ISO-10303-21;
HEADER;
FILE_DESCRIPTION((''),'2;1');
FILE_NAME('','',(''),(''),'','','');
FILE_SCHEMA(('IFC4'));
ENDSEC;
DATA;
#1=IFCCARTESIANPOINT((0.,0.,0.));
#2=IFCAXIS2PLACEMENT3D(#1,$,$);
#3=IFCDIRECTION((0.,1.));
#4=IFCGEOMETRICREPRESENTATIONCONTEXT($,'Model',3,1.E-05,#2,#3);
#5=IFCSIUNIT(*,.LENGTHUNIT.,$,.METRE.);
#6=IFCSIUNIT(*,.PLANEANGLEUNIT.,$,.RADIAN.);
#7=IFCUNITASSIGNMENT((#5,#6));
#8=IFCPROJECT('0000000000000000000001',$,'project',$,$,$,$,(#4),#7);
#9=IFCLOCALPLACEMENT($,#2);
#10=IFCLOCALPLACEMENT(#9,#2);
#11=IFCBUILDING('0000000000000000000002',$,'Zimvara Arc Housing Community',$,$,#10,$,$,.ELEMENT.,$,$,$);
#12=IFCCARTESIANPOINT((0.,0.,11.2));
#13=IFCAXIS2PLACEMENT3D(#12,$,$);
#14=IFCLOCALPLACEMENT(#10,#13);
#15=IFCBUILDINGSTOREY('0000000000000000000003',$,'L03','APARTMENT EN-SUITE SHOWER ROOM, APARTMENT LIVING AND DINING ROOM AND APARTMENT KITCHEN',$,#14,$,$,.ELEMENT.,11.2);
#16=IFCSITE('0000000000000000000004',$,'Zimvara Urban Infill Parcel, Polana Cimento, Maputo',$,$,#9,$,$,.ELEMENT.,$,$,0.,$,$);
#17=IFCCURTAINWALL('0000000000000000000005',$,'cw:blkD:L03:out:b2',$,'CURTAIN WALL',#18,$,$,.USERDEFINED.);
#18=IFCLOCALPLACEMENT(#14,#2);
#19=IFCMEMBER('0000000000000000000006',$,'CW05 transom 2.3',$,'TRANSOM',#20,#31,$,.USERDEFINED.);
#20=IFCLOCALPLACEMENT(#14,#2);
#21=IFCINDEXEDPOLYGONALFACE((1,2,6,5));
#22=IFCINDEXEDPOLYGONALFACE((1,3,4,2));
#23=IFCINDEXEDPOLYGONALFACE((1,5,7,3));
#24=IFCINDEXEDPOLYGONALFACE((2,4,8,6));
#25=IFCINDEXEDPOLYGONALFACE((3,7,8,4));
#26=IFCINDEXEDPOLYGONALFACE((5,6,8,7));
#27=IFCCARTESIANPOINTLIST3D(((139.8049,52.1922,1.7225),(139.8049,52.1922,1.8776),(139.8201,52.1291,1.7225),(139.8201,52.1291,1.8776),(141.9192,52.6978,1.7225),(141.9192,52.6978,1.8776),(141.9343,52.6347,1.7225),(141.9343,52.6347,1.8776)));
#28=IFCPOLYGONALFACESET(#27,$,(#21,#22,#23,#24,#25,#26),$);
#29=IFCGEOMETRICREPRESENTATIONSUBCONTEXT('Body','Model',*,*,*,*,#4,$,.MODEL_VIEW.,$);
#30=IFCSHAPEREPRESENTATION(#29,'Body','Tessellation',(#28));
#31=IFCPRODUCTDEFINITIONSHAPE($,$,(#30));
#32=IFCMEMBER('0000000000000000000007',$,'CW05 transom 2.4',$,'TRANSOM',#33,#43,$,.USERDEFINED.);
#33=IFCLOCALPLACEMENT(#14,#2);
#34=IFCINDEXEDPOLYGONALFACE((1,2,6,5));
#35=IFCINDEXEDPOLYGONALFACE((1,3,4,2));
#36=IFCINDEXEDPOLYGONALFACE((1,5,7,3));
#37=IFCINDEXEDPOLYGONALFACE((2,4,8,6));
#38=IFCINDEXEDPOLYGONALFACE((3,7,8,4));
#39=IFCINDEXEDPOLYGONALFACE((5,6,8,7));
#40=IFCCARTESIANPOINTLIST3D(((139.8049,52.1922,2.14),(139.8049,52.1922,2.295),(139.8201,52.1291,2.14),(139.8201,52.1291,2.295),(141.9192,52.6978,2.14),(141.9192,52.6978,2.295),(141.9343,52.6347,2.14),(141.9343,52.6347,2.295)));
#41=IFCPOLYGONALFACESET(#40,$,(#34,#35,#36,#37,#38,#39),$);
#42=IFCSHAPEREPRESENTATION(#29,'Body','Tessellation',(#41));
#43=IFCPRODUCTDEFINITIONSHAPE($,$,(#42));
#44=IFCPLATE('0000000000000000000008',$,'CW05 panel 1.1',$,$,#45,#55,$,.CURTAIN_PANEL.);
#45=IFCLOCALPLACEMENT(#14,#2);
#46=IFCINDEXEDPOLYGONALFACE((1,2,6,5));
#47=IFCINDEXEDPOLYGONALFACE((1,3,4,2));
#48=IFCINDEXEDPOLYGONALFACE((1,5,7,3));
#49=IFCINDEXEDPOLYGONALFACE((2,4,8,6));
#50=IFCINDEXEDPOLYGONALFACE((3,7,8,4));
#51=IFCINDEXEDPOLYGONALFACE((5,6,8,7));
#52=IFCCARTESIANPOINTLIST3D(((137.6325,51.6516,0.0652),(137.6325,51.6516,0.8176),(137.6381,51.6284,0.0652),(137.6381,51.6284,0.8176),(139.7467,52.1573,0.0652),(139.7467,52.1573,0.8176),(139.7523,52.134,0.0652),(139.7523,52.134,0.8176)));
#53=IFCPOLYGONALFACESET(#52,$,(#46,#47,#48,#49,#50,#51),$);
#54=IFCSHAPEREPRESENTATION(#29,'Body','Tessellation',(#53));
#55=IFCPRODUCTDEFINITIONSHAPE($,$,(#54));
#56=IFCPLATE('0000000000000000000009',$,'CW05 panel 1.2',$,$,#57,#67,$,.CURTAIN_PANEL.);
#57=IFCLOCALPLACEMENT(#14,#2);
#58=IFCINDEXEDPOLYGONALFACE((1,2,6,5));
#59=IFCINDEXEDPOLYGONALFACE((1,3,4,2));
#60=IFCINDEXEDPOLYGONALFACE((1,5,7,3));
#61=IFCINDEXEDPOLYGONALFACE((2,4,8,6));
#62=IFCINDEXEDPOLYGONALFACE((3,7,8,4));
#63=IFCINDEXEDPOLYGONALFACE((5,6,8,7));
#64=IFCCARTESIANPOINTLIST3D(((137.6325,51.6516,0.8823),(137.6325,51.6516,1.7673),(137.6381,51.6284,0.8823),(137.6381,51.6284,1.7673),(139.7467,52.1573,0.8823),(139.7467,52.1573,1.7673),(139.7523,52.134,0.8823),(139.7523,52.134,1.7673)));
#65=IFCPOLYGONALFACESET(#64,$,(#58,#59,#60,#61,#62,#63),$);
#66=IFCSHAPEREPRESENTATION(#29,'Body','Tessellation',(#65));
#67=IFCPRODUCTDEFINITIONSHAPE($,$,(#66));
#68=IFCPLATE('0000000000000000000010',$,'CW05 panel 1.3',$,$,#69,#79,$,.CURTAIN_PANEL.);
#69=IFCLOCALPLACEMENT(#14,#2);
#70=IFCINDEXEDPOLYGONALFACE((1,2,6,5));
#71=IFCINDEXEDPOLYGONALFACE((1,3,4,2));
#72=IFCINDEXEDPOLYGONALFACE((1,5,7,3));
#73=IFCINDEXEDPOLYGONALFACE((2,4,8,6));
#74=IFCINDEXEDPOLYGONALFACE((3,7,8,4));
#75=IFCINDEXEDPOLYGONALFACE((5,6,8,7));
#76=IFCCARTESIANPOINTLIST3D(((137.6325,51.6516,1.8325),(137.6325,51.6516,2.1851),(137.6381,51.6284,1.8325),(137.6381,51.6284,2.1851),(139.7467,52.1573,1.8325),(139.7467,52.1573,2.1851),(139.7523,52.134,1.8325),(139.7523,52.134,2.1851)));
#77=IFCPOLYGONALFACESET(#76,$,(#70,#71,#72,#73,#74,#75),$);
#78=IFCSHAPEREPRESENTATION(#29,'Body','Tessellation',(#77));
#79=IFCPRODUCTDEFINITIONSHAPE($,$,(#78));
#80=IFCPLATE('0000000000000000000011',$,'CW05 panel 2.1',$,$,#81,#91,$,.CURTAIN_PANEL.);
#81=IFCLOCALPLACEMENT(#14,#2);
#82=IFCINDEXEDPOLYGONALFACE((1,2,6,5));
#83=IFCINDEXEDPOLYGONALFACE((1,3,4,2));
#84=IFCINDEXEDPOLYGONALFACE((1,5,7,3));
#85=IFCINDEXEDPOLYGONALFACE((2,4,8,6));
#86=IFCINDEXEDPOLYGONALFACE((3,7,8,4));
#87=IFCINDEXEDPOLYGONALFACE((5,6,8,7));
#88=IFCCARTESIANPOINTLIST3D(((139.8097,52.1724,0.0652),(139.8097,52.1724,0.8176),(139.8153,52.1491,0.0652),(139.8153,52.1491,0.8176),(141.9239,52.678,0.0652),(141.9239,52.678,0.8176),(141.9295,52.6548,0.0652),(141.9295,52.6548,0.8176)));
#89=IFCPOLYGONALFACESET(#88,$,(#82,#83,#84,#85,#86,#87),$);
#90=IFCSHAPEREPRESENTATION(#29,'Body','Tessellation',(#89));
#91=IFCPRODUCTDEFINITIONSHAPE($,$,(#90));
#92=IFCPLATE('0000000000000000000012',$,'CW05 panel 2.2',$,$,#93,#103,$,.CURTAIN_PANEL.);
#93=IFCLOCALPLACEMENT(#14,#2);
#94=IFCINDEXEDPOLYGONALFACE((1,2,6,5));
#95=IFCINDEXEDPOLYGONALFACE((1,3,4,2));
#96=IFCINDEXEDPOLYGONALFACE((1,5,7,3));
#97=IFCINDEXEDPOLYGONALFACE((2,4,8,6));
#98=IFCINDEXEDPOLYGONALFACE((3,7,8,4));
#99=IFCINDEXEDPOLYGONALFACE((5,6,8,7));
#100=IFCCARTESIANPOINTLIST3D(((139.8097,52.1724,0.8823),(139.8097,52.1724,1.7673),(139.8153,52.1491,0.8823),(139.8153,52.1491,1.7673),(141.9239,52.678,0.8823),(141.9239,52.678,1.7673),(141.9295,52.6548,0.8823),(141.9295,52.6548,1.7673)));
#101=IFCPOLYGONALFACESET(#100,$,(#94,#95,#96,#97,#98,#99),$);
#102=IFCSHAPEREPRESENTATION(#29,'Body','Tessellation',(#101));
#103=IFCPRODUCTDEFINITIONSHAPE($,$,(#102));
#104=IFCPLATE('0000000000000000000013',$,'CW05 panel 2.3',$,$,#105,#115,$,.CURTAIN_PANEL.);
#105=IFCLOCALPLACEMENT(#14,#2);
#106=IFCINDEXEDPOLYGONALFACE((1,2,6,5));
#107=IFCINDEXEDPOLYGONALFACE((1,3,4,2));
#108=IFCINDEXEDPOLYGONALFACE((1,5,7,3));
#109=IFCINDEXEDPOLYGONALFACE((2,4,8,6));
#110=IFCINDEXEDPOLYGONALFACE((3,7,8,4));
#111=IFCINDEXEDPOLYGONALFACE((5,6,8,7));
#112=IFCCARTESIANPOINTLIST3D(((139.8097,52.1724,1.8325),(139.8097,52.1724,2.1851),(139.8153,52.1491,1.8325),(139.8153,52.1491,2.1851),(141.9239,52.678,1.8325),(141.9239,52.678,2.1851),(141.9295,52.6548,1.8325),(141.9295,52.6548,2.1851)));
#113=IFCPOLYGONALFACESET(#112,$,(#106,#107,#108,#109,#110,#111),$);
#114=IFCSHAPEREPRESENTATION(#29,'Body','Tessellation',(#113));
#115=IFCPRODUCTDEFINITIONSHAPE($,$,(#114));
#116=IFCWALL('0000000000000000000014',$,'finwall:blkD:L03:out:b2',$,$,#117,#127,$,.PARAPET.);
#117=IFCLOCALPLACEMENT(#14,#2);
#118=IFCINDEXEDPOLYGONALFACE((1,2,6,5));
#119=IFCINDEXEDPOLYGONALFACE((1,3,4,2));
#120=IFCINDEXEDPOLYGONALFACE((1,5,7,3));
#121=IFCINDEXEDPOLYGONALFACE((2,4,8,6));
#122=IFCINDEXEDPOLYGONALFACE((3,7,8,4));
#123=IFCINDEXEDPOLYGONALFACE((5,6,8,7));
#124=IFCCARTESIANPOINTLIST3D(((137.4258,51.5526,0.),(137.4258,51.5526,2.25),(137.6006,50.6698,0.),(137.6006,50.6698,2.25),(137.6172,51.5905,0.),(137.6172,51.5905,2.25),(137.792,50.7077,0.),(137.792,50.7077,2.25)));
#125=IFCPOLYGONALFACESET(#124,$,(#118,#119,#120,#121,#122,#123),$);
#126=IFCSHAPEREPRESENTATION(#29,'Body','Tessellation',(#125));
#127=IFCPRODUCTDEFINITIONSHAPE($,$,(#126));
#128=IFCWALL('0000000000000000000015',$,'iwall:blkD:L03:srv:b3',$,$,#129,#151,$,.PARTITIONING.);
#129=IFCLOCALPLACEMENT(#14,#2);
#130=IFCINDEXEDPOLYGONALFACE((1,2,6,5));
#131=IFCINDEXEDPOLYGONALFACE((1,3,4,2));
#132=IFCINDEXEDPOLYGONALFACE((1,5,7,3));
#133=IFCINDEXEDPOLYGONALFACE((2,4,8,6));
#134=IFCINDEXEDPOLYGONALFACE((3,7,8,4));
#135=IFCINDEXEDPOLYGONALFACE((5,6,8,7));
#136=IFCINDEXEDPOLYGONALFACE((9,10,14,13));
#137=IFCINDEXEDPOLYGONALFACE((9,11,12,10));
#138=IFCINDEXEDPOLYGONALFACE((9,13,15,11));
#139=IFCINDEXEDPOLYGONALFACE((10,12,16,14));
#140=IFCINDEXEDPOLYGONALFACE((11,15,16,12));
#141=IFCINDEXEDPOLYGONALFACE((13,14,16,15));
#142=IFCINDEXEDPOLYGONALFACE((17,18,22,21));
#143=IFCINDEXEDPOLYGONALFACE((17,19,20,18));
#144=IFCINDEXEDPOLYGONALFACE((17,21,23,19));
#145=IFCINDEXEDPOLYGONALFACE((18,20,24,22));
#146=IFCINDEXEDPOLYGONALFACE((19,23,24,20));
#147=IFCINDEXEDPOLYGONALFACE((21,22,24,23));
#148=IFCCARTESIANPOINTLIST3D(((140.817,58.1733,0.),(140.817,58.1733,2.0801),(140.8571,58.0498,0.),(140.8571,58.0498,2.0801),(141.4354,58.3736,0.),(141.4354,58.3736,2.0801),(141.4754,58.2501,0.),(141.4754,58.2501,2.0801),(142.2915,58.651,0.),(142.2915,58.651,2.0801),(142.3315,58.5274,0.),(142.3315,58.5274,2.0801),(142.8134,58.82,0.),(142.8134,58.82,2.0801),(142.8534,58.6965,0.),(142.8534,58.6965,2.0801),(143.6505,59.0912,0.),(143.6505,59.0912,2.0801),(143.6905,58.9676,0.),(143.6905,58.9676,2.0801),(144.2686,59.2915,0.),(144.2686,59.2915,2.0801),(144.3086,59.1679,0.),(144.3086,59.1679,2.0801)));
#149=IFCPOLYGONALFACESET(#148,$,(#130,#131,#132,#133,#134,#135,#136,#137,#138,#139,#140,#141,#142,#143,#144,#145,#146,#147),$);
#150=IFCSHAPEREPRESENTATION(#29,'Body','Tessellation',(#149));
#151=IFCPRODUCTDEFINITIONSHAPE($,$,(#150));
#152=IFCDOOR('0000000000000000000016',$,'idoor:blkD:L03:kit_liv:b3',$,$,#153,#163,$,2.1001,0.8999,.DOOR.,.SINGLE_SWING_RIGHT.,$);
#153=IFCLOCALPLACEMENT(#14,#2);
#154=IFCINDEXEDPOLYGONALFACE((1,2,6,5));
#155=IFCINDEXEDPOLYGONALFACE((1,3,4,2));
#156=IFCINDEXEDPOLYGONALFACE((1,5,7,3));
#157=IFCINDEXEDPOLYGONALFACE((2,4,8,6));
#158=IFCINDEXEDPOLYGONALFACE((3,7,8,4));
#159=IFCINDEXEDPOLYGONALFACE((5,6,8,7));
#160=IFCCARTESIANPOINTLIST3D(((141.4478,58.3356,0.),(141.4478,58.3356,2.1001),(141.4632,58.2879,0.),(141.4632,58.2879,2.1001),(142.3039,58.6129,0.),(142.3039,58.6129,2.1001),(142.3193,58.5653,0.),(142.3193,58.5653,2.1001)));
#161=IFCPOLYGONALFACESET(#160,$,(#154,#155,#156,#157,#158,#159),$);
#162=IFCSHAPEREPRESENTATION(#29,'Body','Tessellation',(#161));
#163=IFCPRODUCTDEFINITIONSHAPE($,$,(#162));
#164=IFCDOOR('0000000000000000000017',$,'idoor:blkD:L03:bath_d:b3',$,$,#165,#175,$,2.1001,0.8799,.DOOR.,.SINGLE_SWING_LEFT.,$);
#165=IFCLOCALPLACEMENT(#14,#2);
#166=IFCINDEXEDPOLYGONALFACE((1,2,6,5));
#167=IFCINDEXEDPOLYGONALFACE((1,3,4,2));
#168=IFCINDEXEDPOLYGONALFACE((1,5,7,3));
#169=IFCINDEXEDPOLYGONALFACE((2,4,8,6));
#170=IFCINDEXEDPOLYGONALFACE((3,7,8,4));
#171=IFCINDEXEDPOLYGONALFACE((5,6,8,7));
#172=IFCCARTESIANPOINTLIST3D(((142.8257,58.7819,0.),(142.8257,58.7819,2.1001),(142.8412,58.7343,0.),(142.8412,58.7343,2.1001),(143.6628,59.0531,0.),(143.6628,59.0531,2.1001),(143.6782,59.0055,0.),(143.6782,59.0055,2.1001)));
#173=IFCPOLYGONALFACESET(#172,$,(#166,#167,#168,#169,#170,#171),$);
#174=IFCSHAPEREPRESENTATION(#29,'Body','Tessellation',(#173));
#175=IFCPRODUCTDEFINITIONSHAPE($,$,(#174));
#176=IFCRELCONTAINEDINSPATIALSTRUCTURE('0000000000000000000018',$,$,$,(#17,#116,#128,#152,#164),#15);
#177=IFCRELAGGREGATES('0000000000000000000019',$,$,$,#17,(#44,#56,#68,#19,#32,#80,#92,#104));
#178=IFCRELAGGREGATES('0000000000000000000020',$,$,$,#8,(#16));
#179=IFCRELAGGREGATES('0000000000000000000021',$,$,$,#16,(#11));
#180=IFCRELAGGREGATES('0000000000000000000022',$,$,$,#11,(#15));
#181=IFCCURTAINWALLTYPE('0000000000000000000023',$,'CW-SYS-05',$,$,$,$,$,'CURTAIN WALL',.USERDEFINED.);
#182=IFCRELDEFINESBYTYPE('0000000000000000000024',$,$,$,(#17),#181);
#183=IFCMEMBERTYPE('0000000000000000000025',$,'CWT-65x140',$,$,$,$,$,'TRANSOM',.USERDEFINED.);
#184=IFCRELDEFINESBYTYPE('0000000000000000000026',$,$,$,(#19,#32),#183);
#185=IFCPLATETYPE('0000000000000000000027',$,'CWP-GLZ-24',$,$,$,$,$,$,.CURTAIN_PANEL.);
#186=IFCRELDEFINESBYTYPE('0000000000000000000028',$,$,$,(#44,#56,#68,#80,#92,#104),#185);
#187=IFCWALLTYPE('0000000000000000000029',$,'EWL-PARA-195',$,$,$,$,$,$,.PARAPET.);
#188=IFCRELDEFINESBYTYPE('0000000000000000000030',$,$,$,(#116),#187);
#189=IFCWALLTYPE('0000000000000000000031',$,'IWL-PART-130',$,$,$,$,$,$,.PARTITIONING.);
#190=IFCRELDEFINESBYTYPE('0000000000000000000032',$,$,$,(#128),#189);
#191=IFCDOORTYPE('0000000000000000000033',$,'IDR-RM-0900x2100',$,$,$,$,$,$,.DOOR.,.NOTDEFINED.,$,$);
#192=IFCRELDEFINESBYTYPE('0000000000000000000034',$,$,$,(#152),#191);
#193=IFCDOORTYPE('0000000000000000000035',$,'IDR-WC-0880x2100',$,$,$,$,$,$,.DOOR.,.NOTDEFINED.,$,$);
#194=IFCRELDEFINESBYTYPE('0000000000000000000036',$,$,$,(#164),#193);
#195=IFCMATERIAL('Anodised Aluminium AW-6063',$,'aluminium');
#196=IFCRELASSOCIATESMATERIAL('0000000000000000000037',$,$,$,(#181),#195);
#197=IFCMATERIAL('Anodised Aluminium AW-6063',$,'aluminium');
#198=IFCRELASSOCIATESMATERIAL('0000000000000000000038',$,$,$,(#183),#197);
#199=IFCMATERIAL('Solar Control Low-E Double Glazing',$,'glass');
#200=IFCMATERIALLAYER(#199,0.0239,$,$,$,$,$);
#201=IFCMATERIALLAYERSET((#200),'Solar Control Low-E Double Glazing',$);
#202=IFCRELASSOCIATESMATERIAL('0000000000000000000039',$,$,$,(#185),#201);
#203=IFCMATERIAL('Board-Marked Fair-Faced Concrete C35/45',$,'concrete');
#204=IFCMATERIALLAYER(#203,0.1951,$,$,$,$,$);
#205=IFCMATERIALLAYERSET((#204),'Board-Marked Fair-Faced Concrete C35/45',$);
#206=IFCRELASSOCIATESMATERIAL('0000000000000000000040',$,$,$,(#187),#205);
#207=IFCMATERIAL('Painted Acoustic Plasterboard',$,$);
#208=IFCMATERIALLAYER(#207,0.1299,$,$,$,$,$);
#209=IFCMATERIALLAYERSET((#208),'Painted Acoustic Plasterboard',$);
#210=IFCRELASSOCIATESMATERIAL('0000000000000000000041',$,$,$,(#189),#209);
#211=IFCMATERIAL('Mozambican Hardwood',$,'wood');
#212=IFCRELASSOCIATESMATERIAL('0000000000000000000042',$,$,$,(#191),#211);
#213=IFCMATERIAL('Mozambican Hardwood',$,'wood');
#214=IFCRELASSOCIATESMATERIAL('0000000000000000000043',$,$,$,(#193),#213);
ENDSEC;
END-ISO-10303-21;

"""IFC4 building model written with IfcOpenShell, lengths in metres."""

from ifc_helpers import new_model, si_unit, direction, frame, frame_2d, origin, origin_2d, place, context, subcontext, project, spatial, rectangle, extrude, material, layer, layer_set, material_profile, profile_set, type_object, element, fill, aggregate, save


model = new_model("IFC4")

# Units and contexts
model_context = context("Model", 3, precision=1e-05, world=origin(), true_north=direction((0.0, 1.0)))
body_context = subcontext(model_context, "Body", "Model", "MODEL_VIEW")
ifc_project = project(units=[si_unit("LENGTHUNIT", "METRE"), si_unit("PLANEANGLEUNIT", "RADIAN")], contexts=[model_context])

# Site, building, storey
site_placement = place(None, origin())
site = spatial("IfcSite", under=ifc_project, at=site_placement, Name="Zimvara Urban Infill Parcel, Polana Cimento, Maputo", CompositionType="ELEMENT", RefElevation=0.0)
building_placement = place(site_placement, origin())
building = spatial("IfcBuilding", under=site, at=building_placement, Name="Zimvara Arc Housing Community", CompositionType="ELEMENT")
storey_placement = place(building_placement, frame((0.0, 0.0, 11.2)))
storey = spatial("IfcBuildingStorey", under=building, at=storey_placement, Name="L03", Description="APARTMENT EN-SUITE SHOWER ROOM, APARTMENT LIVING AND DINING ROOM AND APARTMENT KITCHEN", CompositionType="ELEMENT", Elevation=11.2)

# Curtain wall, members, plates
ifc_material_1 = material(Name="Anodised Aluminium AW-6063", Category="aluminium")
curtain_wall_type = type_object("IfcCurtainWallType", Name="CW-SYS-05", ElementType="CURTAIN WALL", PredefinedType="USERDEFINED", material=ifc_material_1)
curtain_wall_placement = place(storey_placement, origin())
curtain_wall = element("IfcCurtainWall", 1, at=curtain_wall_placement, inside=storey, type_object=curtain_wall_type, Name="cw:blkD:L03:out:b2", ObjectType="CURTAIN WALL", PredefinedType="USERDEFINED")
ifc_material_2 = material(Name="Anodised Aluminium AW-6063", Category="aluminium")
ifc_material_profile_1 = material_profile(ifc_material_2, rectangle(XDim=0.0649, YDim=0.155, at=origin_2d()), Name="ALU 65x155")
ifc_profile_set_1 = profile_set([ifc_material_profile_1], Name="Anodised Aluminium AW-6063")
member_type_1 = type_object("IfcMemberType", Name="CWT-65x140", ElementType="TRANSOM", PredefinedType="USERDEFINED", material=ifc_profile_set_1)
member_1_placement = place(storey_placement, frame((139.8125, 52.1606, 1.8), z_axis=(0.972576, 0.232587, 0.0), x_axis=(-0.232587, 0.972576, 0.0)))
member_1 = element("IfcMember", 2, at=member_1_placement, type_object=member_type_1, Name="CW05 transom 2.3", ObjectType="TRANSOM", PredefinedType="USERDEFINED", context=body_context, shape_type="SweptSolid", body=[
    extrude(rectangle(XDim=0.0649, YDim=0.155, at=origin_2d()), origin(), (0.0, 0.0, 1.0), 2.1738),
])
member_2_placement = place(storey_placement, frame((139.8125, 52.1606, 2.2175), z_axis=(0.972576, 0.232587, 0.0), x_axis=(-0.232587, 0.972576, 0.0)))
member_2 = element("IfcMember", 3, at=member_2_placement, type_object=member_type_1, Name="CW05 transom 2.4", ObjectType="TRANSOM", PredefinedType="USERDEFINED", context=body_context, shape_type="SweptSolid", body=[
    extrude(rectangle(XDim=0.0649, YDim=0.155, at=origin_2d()), origin(), (0.0, 0.0, 1.0), 2.1738),
])
ifc_material_3 = material(Name="Solar Control Low-E Double Glazing", Category="glass")
ifc_layer_1 = layer(ifc_material_3, 0.0239)
ifc_layer_set_1 = layer_set([ifc_layer_1], Name="Solar Control Low-E Double Glazing")
plate_type = type_object("IfcPlateType", Name="CWP-GLZ-24", PredefinedType="CURTAIN_PANEL", material=ifc_layer_set_1)
plate_1_placement = place(storey_placement, frame((138.6924, 51.8928, 0.0652), z_axis=(0.0, 0.0, 1.0), x_axis=(0.972573, 0.232597, 0.0)))
plate_1 = element("IfcPlate", 4, at=plate_1_placement, type_object=plate_type, Name="CW05 panel 1.1", PredefinedType="CURTAIN_PANEL", context=body_context, shape_type="SweptSolid", body=[
    extrude(rectangle(XDim=2.1738, YDim=0.0239, at=origin_2d()), origin(), (0.0, 0.0, 1.0), 0.7524),
])
plate_2_placement = place(storey_placement, frame((138.6924, 51.8928, 0.8823), z_axis=(0.0, 0.0, 1.0), x_axis=(0.972573, 0.232597, 0.0)))
plate_2 = element("IfcPlate", 5, at=plate_2_placement, type_object=plate_type, Name="CW05 panel 1.2", PredefinedType="CURTAIN_PANEL", context=body_context, shape_type="SweptSolid", body=[
    extrude(rectangle(XDim=2.1738, YDim=0.0239, at=origin_2d()), origin(), (0.0, 0.0, 1.0), 0.885),
])
plate_3_placement = place(storey_placement, frame((138.6924, 51.8928, 1.8325), z_axis=(0.0, 0.0, 1.0), x_axis=(0.972573, 0.232597, 0.0)))
plate_3 = element("IfcPlate", 6, at=plate_3_placement, type_object=plate_type, Name="CW05 panel 1.3", PredefinedType="CURTAIN_PANEL", context=body_context, shape_type="SweptSolid", body=[
    extrude(rectangle(XDim=2.1738, YDim=0.0239, at=origin_2d()), origin(), (0.0, 0.0, 1.0), 0.3525),
])
plate_4_placement = place(storey_placement, frame((140.8696, 52.4136, 0.0652), z_axis=(0.0, 0.0, 1.0), x_axis=(0.972573, 0.232597, 0.0)))
plate_4 = element("IfcPlate", 7, at=plate_4_placement, type_object=plate_type, Name="CW05 panel 2.1", PredefinedType="CURTAIN_PANEL", context=body_context, shape_type="SweptSolid", body=[
    extrude(rectangle(XDim=2.1738, YDim=0.0239, at=origin_2d()), origin(), (0.0, 0.0, 1.0), 0.7524),
])
plate_5_placement = place(storey_placement, frame((140.8696, 52.4136, 0.8823), z_axis=(0.0, 0.0, 1.0), x_axis=(0.972573, 0.232597, 0.0)))
plate_5 = element("IfcPlate", 8, at=plate_5_placement, type_object=plate_type, Name="CW05 panel 2.2", PredefinedType="CURTAIN_PANEL", context=body_context, shape_type="SweptSolid", body=[
    extrude(rectangle(XDim=2.1738, YDim=0.0239, at=origin_2d()), origin(), (0.0, 0.0, 1.0), 0.885),
])
plate_6_placement = place(storey_placement, frame((140.8696, 52.4136, 1.8325), z_axis=(0.0, 0.0, 1.0), x_axis=(0.972573, 0.232597, 0.0)))
plate_6 = element("IfcPlate", 9, at=plate_6_placement, type_object=plate_type, Name="CW05 panel 2.3", PredefinedType="CURTAIN_PANEL", context=body_context, shape_type="SweptSolid", body=[
    extrude(rectangle(XDim=2.1738, YDim=0.0239, at=origin_2d()), origin(), (0.0, 0.0, 1.0), 0.3525),
])
aggregate(curtain_wall, [plate_1, plate_2, plate_3, member_1, member_2, plate_4, plate_5, plate_6])

# Wall
ifc_material_4 = material(Name="Board-Marked Fair-Faced Concrete C35/45", Category="concrete")
ifc_layer_2 = layer(ifc_material_4, 0.1951)
ifc_layer_set_2 = layer_set([ifc_layer_2], Name="Board-Marked Fair-Faced Concrete C35/45")
wall_type_1 = type_object("IfcWallType", Name="EWL-PARA-195", PredefinedType="PARAPET", material=ifc_layer_set_2)
wall_1_placement = place(storey_placement, frame((137.5215, 51.5715, 0.0), z_axis=(0.0, 0.0, 1.0), x_axis=(0.194238, -0.980954, 0.0)))
element("IfcWall", 10, at=wall_1_placement, inside=storey, type_object=wall_type_1, Name="finwall:blkD:L03:out:b2", PredefinedType="PARAPET", context=body_context, shape_type="SweptSolid", body=[
    extrude(rectangle(XDim=0.8999, YDim=0.1951, at=frame_2d((0.45, 0.0))), origin(), (0.0, 0.0, 1.0), 2.25),
])

# Wall, openings, doors
ifc_material_5 = material(Name="Painted Acoustic Plasterboard")
ifc_layer_3 = layer(ifc_material_5, 0.1299)
ifc_layer_set_3 = layer_set([ifc_layer_3], Name="Painted Acoustic Plasterboard")
wall_type_2 = type_object("IfcWallType", Name="IWL-PART-130", PredefinedType="PARTITIONING", material=ifc_layer_set_3)
wall_2_placement = place(storey_placement, frame((140.8372, 58.1116, 0.0), z_axis=(0.0, 0.0, 1.0), x_axis=(0.951327, 0.308182, 0.0)))
wall_2 = element("IfcWall", 11, at=wall_2_placement, inside=storey, type_object=wall_type_2, Name="iwall:blkD:L03:srv:b3", PredefinedType="PARTITIONING", context=body_context, shape_type="SweptSolid", body=[
    extrude(rectangle(XDim=3.6282, YDim=0.1299, at=frame_2d((1.814, 0.0))), origin(), (0.0, 0.0, 1.0), 2.0801),
])
opening_1_placement = place(wall_2_placement, frame((0.6499, 0.0, 0.0)))
opening_1 = element("IfcOpeningElement", 12, at=opening_1_placement, cuts=wall_2, PredefinedType="OPENING", context=body_context, shape_type="SweptSolid", body=[
    extrude(rectangle(XDim=0.8999, YDim=2.1001, at=frame_2d((0.45, 1.05))), frame((0.0, 0.075, 0.0), z_axis=(0.0, -1.0, 0.0), x_axis=(1.0, 0.0, 0.0)), (0.0, 0.0, 1.0), 0.1499),
])
opening_2_placement = place(wall_2_placement, frame((2.0984, 0.0, 0.0)))
opening_2 = element("IfcOpeningElement", 13, at=opening_2_placement, cuts=wall_2, PredefinedType="OPENING", context=body_context, shape_type="SweptSolid", body=[
    extrude(rectangle(XDim=0.8799, YDim=2.1001, at=frame_2d((0.4399, 1.05))), frame((0.0, 0.075, 0.0), z_axis=(0.0, -1.0, 0.0), x_axis=(1.0, 0.0, 0.0)), (0.0, 0.0, 1.0), 0.1499),
])
ifc_material_6 = material(Name="Mozambican Hardwood", Category="wood")
door_type_1 = type_object("IfcDoorType", Name="IDR-RM-0900x2100", OperationType="NOTDEFINED", PredefinedType="DOOR", material=ifc_material_6)
door_1_placement = place(opening_1_placement, origin())
door_1 = element("IfcDoor", 14, at=door_1_placement, inside=storey, type_object=door_type_1, Name="idoor:blkD:L03:kit_liv:b3", OperationType="SINGLE_SWING_RIGHT", OverallHeight=2.1001, OverallWidth=0.8999, PredefinedType="DOOR", context=body_context, shape_type="SweptSolid", body=[
    extrude(rectangle(XDim=0.8999, YDim=2.1001, at=frame_2d((0.45, 1.05))), frame((0.0, 0.0249, 0.0), z_axis=(0.0, -1.0, 0.0), x_axis=(1.0, 0.0, 0.0)), (0.0, 0.0, 1.0), 0.05),
])
fill(opening_1, door_1)
ifc_material_7 = material(Name="Mozambican Hardwood", Category="wood")
door_type_2 = type_object("IfcDoorType", Name="IDR-WC-0880x2100", OperationType="NOTDEFINED", PredefinedType="DOOR", material=ifc_material_7)
door_2_placement = place(opening_2_placement, origin())
door_2 = element("IfcDoor", 15, at=door_2_placement, inside=storey, type_object=door_type_2, Name="idoor:blkD:L03:bath_d:b3", OperationType="SINGLE_SWING_LEFT", OverallHeight=2.1001, OverallWidth=0.8799, PredefinedType="DOOR", context=body_context, shape_type="SweptSolid", body=[
    extrude(rectangle(XDim=0.8799, YDim=2.1001, at=frame_2d((0.4399, 1.05))), frame((0.0, 0.0249, 0.0), z_axis=(0.0, -1.0, 0.0), x_axis=(1.0, 0.0, 0.0)), (0.0, 0.0, 1.0), 0.05),
])
fill(opening_2, door_2)

save(model, "model.ifc")
